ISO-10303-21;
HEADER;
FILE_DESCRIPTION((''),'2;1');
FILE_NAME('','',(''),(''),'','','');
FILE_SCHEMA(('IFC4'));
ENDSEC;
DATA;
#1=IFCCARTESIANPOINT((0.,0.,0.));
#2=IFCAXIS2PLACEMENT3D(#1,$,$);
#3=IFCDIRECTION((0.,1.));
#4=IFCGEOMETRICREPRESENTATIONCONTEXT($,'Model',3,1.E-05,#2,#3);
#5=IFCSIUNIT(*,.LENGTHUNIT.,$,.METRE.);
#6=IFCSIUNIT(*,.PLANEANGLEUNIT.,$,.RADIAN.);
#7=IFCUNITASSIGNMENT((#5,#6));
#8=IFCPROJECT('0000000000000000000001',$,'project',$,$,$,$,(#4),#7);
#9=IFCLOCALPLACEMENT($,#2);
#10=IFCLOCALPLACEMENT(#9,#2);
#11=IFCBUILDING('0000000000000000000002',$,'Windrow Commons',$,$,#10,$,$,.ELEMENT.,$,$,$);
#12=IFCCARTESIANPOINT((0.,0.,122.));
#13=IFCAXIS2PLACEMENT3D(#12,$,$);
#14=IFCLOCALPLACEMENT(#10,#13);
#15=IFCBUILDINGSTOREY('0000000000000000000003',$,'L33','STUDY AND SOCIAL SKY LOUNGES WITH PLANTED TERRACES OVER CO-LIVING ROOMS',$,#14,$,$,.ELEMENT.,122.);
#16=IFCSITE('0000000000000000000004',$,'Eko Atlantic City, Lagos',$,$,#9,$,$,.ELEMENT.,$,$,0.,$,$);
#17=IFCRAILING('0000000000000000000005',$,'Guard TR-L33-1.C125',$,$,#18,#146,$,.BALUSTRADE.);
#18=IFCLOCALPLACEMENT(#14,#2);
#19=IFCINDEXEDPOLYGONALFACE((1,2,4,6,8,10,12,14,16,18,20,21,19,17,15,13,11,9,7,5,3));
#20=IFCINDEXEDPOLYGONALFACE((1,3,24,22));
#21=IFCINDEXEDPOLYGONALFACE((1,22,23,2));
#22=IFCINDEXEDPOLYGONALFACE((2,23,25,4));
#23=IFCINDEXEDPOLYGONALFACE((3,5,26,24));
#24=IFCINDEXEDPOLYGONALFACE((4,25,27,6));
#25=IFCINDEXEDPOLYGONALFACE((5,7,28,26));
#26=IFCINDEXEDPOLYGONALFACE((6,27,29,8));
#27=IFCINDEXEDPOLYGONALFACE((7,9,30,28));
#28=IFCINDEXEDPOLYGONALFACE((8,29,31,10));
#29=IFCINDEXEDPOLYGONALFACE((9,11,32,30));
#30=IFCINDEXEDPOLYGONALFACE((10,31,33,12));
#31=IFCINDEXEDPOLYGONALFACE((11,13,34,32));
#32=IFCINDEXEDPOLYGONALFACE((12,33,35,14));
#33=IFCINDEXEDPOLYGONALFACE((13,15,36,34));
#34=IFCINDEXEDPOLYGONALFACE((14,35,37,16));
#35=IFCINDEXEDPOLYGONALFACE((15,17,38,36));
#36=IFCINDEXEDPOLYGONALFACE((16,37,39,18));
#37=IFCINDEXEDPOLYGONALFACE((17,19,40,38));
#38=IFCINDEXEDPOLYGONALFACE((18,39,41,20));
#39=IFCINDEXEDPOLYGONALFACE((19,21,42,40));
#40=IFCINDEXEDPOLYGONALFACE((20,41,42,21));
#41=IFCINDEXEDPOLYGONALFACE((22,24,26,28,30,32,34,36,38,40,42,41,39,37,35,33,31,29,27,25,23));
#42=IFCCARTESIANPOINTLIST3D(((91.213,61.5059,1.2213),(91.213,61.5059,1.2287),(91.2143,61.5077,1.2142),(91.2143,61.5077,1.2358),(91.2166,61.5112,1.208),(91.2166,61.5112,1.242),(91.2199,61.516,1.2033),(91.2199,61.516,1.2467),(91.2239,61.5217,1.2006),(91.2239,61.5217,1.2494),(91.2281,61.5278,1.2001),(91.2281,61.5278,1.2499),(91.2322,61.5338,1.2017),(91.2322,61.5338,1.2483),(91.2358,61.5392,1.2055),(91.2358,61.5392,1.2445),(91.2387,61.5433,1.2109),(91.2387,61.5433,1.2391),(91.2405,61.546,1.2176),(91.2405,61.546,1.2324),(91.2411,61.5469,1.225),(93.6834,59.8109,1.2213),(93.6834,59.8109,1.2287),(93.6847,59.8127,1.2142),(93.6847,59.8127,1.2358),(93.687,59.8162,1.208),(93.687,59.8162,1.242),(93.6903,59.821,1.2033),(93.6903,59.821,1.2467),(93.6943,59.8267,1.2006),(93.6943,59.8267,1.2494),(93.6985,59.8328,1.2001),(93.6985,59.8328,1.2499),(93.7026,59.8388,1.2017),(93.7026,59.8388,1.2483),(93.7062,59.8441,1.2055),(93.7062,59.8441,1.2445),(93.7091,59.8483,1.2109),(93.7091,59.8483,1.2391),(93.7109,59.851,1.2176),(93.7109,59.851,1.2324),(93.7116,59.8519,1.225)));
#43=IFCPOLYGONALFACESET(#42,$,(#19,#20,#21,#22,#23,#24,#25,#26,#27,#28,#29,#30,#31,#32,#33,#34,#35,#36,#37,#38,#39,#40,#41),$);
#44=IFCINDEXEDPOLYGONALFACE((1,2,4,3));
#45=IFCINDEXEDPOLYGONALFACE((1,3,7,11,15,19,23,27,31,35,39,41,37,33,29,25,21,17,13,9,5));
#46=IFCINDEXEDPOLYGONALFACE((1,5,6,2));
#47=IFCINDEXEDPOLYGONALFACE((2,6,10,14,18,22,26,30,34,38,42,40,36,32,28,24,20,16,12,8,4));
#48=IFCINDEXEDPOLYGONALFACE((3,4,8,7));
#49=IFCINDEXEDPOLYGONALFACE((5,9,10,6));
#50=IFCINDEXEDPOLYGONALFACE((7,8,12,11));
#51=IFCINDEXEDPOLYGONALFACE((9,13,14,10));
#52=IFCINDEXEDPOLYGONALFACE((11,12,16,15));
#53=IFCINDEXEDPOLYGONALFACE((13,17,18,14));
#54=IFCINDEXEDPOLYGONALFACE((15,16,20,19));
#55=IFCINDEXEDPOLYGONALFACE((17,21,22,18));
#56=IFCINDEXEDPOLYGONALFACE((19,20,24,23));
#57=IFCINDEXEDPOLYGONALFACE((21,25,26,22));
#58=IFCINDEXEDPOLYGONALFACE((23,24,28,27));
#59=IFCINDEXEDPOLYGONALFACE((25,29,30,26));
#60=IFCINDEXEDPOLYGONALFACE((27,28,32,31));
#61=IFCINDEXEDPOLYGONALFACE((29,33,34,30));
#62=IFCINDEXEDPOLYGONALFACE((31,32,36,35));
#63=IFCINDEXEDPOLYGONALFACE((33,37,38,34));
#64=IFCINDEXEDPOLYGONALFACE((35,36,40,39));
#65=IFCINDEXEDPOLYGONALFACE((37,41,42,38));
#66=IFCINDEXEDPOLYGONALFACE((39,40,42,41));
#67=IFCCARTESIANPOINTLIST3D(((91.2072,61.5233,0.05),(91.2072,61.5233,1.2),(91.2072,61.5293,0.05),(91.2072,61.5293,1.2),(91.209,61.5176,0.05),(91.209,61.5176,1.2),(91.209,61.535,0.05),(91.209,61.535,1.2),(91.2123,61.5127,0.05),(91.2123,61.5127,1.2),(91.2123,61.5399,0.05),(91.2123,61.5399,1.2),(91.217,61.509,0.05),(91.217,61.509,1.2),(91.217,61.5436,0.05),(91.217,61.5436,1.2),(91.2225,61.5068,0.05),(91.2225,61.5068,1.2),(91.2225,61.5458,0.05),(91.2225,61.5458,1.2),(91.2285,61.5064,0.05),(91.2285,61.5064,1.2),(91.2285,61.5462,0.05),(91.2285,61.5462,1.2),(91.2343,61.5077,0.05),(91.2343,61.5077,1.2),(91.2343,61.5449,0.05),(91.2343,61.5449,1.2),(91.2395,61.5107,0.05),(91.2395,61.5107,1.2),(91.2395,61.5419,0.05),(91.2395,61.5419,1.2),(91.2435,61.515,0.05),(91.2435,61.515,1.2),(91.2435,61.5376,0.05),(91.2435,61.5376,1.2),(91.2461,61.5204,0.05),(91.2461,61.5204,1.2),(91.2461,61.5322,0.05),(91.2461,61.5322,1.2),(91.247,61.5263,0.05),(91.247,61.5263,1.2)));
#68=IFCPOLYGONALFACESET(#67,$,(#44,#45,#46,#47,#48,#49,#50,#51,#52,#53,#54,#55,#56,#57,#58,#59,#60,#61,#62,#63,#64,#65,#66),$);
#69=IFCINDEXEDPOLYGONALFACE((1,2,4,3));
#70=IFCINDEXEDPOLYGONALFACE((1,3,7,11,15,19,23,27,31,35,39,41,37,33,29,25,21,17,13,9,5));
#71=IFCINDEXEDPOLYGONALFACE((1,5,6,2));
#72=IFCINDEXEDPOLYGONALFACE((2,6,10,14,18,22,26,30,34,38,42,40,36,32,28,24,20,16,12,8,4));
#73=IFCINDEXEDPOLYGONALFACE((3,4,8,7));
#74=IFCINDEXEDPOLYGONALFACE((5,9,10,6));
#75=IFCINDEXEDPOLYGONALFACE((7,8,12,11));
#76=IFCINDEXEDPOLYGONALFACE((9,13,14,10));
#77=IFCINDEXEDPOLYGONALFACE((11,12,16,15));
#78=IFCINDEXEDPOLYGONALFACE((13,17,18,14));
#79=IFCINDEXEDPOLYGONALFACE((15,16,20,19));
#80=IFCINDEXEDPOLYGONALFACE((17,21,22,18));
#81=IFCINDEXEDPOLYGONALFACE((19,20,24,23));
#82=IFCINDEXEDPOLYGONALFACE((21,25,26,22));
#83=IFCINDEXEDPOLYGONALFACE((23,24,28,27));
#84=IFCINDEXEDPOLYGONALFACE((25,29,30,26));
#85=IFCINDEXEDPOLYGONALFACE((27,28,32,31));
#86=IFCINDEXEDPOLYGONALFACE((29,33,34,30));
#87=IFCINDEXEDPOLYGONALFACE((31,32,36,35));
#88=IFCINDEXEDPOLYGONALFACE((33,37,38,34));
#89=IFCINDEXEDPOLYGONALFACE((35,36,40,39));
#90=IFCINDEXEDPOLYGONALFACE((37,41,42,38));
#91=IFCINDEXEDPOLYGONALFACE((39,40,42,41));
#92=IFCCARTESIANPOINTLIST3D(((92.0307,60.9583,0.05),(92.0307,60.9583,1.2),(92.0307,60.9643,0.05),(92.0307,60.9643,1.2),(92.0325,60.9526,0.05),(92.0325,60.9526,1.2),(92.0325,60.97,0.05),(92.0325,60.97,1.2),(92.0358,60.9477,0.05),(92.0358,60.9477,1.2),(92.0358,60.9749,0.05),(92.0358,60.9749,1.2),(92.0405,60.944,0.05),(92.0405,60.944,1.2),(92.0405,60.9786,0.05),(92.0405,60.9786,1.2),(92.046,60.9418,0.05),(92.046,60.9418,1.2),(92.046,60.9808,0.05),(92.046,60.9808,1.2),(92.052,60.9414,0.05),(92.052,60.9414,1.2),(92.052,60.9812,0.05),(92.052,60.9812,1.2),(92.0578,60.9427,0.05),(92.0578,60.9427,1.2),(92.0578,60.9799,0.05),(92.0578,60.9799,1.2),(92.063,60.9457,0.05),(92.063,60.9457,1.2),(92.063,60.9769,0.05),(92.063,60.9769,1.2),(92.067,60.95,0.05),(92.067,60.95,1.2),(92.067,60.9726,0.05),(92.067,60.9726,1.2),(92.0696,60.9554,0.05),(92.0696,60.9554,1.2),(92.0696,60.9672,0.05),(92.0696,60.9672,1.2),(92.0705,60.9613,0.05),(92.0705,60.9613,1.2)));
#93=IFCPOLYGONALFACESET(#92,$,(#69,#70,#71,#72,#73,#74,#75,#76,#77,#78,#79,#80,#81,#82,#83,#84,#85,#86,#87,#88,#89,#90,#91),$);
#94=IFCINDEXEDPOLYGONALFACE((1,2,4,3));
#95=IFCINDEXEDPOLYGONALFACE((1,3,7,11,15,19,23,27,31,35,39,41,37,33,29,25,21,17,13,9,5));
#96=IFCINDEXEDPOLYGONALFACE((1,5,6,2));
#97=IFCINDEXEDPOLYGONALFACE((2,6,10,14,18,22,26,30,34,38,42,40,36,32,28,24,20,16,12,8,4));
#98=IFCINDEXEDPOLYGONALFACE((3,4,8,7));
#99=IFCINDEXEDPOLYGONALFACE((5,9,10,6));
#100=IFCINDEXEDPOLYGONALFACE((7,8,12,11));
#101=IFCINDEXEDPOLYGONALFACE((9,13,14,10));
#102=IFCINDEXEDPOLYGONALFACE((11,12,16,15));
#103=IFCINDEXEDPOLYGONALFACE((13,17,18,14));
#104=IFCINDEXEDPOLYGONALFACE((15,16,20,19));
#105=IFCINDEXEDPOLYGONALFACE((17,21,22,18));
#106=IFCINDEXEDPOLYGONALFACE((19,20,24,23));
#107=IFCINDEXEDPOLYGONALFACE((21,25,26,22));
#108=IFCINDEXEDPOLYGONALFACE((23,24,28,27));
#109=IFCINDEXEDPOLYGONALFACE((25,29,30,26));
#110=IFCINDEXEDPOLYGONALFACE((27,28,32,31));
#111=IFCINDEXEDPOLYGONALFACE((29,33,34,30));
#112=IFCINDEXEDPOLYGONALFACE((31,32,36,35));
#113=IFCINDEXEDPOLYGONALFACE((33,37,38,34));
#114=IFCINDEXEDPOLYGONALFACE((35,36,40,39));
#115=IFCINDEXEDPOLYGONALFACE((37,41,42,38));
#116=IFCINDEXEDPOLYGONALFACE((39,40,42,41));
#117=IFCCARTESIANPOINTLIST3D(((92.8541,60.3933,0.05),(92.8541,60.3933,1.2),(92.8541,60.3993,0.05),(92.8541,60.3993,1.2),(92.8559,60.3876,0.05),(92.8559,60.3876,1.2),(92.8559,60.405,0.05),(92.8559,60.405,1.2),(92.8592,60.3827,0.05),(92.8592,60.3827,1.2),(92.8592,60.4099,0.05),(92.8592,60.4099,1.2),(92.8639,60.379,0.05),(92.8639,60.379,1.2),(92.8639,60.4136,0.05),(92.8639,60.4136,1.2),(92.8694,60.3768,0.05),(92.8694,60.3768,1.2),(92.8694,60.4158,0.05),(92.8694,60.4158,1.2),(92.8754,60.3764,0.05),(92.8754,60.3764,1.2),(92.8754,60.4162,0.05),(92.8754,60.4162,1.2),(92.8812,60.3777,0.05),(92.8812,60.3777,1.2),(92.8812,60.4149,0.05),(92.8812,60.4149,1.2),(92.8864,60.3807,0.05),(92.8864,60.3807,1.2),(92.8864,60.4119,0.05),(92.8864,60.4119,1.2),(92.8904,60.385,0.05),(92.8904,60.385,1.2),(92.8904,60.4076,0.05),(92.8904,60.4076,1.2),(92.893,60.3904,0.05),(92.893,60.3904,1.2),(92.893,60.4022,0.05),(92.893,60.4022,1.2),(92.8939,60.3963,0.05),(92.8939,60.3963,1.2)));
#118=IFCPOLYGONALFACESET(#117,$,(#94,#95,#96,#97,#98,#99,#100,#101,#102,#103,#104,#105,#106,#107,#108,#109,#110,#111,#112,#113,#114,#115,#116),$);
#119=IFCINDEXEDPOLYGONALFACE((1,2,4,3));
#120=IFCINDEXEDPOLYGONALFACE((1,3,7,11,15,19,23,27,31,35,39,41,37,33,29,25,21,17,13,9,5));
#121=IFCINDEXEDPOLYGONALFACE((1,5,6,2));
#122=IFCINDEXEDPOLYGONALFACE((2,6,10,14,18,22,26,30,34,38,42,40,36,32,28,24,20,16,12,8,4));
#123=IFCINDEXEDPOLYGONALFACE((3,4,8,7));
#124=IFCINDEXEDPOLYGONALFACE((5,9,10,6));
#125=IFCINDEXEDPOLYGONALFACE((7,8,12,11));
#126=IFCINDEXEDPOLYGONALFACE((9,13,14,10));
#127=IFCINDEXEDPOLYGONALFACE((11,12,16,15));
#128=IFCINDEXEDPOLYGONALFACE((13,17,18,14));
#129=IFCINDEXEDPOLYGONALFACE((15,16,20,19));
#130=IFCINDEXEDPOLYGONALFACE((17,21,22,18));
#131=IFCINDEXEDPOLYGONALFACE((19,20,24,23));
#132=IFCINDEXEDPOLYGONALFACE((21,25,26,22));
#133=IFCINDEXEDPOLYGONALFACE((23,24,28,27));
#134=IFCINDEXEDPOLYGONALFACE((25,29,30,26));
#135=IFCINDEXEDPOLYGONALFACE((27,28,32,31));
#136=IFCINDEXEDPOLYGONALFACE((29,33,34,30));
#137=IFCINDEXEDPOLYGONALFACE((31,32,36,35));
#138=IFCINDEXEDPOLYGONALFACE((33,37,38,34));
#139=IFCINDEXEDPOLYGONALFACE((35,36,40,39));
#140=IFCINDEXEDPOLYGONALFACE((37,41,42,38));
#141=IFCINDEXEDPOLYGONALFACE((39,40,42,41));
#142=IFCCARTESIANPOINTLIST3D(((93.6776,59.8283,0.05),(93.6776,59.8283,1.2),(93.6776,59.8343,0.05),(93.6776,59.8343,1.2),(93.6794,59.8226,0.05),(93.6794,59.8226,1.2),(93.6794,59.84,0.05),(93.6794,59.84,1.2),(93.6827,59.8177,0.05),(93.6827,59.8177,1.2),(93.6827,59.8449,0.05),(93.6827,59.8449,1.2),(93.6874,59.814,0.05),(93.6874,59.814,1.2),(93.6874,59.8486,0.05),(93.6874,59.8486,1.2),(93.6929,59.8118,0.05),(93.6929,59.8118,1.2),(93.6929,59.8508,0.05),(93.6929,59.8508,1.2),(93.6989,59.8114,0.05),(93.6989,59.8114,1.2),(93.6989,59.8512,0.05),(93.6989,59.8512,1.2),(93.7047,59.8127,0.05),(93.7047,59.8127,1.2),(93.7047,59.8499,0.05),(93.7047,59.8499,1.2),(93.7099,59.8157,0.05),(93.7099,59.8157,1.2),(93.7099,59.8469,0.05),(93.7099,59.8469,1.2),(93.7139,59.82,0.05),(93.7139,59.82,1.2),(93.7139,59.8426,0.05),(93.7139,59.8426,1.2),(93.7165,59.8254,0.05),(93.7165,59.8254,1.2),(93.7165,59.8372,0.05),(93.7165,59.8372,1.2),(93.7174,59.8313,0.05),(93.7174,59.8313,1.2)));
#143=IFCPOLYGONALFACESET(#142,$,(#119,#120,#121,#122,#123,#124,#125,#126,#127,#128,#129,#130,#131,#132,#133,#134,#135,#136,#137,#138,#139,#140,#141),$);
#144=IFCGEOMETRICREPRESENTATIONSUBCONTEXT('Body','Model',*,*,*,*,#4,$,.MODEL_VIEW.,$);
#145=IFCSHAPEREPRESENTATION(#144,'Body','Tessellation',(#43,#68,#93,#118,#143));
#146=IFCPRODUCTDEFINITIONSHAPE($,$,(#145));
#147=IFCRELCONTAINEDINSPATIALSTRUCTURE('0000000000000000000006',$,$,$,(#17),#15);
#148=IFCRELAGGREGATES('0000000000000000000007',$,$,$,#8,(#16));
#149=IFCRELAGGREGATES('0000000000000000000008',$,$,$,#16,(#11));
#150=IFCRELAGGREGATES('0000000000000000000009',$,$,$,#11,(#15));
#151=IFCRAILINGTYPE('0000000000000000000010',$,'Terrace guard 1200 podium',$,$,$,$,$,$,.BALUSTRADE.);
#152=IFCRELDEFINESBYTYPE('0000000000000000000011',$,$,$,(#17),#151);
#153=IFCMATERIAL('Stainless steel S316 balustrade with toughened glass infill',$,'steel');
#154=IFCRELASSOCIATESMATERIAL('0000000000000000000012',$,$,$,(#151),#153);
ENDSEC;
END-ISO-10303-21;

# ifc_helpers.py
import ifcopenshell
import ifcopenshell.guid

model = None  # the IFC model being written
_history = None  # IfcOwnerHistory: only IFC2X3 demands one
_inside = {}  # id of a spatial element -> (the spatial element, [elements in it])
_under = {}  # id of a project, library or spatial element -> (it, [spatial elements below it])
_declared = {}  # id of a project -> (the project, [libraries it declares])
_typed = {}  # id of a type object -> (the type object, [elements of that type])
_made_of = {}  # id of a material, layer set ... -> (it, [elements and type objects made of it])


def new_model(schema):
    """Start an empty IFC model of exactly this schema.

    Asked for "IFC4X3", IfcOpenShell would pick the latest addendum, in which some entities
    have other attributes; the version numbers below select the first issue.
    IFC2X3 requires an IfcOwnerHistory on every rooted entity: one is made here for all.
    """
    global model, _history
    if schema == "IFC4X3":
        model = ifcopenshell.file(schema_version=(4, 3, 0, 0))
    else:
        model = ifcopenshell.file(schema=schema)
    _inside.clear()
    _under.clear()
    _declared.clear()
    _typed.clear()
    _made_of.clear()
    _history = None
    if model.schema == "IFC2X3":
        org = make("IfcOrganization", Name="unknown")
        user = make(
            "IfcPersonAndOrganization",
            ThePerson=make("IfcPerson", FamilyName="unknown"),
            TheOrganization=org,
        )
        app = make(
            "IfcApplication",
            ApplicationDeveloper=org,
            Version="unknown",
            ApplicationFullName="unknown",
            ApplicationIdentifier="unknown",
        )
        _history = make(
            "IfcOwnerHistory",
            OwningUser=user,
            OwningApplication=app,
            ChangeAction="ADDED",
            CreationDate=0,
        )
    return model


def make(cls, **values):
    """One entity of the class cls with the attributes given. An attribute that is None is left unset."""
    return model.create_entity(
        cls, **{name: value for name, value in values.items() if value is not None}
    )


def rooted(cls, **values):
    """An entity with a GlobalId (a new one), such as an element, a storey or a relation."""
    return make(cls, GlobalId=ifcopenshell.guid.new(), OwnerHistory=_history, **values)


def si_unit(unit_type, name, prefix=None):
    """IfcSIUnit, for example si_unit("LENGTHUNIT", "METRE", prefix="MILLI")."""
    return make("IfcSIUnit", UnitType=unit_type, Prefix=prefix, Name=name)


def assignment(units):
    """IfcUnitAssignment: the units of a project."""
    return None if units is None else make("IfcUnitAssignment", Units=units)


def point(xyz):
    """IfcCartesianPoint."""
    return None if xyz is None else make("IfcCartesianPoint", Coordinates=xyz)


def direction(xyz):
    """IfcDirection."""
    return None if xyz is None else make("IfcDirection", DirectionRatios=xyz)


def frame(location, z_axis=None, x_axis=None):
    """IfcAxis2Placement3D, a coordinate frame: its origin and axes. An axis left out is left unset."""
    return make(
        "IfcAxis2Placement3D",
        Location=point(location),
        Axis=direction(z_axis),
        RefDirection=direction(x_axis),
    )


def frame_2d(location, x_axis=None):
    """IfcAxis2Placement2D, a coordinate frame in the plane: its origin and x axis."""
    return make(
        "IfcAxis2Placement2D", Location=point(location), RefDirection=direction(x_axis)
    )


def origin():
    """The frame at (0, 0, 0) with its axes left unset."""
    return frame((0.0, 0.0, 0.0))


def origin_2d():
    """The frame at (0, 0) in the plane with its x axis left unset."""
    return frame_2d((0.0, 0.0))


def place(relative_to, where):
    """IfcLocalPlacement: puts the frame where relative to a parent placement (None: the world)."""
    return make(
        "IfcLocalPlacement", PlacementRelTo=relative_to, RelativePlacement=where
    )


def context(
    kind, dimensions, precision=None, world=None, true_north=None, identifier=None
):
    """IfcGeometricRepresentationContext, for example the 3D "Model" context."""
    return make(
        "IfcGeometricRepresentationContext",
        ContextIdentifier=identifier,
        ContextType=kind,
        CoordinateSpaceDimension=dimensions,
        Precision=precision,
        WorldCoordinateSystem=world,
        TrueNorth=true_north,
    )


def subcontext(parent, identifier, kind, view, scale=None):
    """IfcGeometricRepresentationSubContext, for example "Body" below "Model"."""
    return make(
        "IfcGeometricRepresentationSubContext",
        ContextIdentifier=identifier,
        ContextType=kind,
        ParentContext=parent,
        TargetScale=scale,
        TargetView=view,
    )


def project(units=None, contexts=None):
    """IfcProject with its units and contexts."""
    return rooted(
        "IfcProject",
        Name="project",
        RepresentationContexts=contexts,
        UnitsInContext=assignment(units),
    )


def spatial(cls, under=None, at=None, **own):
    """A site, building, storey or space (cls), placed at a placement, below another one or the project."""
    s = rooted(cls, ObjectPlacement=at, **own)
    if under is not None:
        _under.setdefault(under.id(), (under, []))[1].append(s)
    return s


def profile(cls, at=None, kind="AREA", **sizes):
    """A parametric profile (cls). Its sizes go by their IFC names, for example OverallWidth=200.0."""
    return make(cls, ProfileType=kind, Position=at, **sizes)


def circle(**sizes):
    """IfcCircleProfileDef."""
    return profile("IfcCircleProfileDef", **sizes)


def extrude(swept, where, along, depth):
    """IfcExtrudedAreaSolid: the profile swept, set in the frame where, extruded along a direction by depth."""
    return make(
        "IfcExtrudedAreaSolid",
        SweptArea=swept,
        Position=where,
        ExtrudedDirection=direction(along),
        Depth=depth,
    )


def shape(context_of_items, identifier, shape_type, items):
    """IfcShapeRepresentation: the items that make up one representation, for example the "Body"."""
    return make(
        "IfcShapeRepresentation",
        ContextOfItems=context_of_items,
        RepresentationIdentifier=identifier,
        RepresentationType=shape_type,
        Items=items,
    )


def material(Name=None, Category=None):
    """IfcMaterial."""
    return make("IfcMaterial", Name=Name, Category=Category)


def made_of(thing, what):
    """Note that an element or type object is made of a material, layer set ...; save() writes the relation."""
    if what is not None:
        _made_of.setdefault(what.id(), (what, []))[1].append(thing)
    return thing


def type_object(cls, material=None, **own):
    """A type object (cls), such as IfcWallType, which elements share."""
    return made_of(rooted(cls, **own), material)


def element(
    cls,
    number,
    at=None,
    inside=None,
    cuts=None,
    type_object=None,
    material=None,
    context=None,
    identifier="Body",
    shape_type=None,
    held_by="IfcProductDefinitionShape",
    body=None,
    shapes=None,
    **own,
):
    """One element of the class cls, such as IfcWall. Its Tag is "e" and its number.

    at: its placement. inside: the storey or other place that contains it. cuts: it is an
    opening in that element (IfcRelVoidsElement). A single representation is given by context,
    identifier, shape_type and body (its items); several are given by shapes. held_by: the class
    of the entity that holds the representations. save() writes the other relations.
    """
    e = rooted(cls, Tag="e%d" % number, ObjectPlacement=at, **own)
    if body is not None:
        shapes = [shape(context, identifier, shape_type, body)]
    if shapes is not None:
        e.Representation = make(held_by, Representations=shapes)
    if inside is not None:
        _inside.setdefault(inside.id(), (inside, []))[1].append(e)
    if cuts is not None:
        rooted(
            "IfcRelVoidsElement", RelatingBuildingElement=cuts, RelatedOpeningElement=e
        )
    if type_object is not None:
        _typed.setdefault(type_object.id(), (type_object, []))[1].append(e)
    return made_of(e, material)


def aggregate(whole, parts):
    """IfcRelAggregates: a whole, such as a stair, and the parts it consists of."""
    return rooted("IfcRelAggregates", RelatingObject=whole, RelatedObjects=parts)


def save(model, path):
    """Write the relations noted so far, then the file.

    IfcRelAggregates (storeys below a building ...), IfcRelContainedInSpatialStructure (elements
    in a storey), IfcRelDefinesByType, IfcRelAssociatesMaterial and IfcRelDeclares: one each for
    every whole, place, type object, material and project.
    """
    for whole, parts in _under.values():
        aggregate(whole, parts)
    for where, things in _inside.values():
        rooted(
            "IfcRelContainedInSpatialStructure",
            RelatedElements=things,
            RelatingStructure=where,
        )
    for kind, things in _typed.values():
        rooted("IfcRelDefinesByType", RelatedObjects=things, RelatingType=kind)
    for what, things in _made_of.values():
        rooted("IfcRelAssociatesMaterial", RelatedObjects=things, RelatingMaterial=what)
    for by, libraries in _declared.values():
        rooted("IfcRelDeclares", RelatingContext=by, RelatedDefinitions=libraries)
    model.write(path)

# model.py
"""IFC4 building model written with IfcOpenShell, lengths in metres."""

from ifc_helpers import new_model, si_unit, direction, frame, origin, origin_2d, place, context, subcontext, project, spatial, circle, extrude, material, type_object, element, save


model = new_model("IFC4")

# Units and contexts
model_context = context("Model", 3, precision=1e-05, world=origin(), true_north=direction((0.0, 1.0)))
body_context = subcontext(model_context, "Body", "Model", "MODEL_VIEW")
ifc_project = project(units=[si_unit("LENGTHUNIT", "METRE"), si_unit("PLANEANGLEUNIT", "RADIAN")], contexts=[model_context])

# Site, building, storey
site_placement = place(None, origin())
site = spatial("IfcSite", under=ifc_project, at=site_placement, Name="Eko Atlantic City, Lagos", CompositionType="ELEMENT", RefElevation=0.0)
building_placement = place(site_placement, origin())
building = spatial("IfcBuilding", under=site, at=building_placement, Name="Windrow Commons", CompositionType="ELEMENT")
storey_placement = place(building_placement, frame((0.0, 0.0, 122.0)))
storey = spatial("IfcBuildingStorey", under=building, at=storey_placement, Name="L33", Description="STUDY AND SOCIAL SKY LOUNGES WITH PLANTED TERRACES OVER CO-LIVING ROOMS", CompositionType="ELEMENT", Elevation=122.0)

# Railing
ifc_material_1 = material(Name="Stainless steel S316 balustrade with toughened glass infill", Category="steel")
railing_type_1 = type_object("IfcRailingType", Name="Terrace guard 1200 podium", PredefinedType="BALUSTRADE", material=ifc_material_1)
railing_1_placement = place(storey_placement, frame((91.227, 61.5263, 0.05)))
element("IfcRailing", 1, at=railing_1_placement, inside=storey, type_object=railing_type_1, Name="Guard TR-L33-1.C125", PredefinedType="BALUSTRADE", context=body_context, shape_type="SweptSolid", body=[
    extrude(circle(Radius=0.025, at=origin_2d()), frame((0.0, 0.0, 1.175), z_axis=(0.824571, -0.565758, 0.0), x_axis=(0.565758, 0.824571, 0.0)), (0.0, 0.0, 1.0), 2.996),
    extrude(circle(Radius=0.02, at=origin_2d()), origin(), (0.0, 0.0, 1.0), 1.15),
    extrude(circle(Radius=0.02, at=origin_2d()), frame((0.8235, -0.565, 0.0)), (0.0, 0.0, 1.0), 1.15),
    extrude(circle(Radius=0.02, at=origin_2d()), frame((1.6469, -1.13, 0.0)), (0.0, 0.0, 1.0), 1.15),
    extrude(circle(Radius=0.02, at=origin_2d()), frame((2.4704, -1.695, 0.0)), (0.0, 0.0, 1.0), 1.15),
])

save(model, "model.ifc")
